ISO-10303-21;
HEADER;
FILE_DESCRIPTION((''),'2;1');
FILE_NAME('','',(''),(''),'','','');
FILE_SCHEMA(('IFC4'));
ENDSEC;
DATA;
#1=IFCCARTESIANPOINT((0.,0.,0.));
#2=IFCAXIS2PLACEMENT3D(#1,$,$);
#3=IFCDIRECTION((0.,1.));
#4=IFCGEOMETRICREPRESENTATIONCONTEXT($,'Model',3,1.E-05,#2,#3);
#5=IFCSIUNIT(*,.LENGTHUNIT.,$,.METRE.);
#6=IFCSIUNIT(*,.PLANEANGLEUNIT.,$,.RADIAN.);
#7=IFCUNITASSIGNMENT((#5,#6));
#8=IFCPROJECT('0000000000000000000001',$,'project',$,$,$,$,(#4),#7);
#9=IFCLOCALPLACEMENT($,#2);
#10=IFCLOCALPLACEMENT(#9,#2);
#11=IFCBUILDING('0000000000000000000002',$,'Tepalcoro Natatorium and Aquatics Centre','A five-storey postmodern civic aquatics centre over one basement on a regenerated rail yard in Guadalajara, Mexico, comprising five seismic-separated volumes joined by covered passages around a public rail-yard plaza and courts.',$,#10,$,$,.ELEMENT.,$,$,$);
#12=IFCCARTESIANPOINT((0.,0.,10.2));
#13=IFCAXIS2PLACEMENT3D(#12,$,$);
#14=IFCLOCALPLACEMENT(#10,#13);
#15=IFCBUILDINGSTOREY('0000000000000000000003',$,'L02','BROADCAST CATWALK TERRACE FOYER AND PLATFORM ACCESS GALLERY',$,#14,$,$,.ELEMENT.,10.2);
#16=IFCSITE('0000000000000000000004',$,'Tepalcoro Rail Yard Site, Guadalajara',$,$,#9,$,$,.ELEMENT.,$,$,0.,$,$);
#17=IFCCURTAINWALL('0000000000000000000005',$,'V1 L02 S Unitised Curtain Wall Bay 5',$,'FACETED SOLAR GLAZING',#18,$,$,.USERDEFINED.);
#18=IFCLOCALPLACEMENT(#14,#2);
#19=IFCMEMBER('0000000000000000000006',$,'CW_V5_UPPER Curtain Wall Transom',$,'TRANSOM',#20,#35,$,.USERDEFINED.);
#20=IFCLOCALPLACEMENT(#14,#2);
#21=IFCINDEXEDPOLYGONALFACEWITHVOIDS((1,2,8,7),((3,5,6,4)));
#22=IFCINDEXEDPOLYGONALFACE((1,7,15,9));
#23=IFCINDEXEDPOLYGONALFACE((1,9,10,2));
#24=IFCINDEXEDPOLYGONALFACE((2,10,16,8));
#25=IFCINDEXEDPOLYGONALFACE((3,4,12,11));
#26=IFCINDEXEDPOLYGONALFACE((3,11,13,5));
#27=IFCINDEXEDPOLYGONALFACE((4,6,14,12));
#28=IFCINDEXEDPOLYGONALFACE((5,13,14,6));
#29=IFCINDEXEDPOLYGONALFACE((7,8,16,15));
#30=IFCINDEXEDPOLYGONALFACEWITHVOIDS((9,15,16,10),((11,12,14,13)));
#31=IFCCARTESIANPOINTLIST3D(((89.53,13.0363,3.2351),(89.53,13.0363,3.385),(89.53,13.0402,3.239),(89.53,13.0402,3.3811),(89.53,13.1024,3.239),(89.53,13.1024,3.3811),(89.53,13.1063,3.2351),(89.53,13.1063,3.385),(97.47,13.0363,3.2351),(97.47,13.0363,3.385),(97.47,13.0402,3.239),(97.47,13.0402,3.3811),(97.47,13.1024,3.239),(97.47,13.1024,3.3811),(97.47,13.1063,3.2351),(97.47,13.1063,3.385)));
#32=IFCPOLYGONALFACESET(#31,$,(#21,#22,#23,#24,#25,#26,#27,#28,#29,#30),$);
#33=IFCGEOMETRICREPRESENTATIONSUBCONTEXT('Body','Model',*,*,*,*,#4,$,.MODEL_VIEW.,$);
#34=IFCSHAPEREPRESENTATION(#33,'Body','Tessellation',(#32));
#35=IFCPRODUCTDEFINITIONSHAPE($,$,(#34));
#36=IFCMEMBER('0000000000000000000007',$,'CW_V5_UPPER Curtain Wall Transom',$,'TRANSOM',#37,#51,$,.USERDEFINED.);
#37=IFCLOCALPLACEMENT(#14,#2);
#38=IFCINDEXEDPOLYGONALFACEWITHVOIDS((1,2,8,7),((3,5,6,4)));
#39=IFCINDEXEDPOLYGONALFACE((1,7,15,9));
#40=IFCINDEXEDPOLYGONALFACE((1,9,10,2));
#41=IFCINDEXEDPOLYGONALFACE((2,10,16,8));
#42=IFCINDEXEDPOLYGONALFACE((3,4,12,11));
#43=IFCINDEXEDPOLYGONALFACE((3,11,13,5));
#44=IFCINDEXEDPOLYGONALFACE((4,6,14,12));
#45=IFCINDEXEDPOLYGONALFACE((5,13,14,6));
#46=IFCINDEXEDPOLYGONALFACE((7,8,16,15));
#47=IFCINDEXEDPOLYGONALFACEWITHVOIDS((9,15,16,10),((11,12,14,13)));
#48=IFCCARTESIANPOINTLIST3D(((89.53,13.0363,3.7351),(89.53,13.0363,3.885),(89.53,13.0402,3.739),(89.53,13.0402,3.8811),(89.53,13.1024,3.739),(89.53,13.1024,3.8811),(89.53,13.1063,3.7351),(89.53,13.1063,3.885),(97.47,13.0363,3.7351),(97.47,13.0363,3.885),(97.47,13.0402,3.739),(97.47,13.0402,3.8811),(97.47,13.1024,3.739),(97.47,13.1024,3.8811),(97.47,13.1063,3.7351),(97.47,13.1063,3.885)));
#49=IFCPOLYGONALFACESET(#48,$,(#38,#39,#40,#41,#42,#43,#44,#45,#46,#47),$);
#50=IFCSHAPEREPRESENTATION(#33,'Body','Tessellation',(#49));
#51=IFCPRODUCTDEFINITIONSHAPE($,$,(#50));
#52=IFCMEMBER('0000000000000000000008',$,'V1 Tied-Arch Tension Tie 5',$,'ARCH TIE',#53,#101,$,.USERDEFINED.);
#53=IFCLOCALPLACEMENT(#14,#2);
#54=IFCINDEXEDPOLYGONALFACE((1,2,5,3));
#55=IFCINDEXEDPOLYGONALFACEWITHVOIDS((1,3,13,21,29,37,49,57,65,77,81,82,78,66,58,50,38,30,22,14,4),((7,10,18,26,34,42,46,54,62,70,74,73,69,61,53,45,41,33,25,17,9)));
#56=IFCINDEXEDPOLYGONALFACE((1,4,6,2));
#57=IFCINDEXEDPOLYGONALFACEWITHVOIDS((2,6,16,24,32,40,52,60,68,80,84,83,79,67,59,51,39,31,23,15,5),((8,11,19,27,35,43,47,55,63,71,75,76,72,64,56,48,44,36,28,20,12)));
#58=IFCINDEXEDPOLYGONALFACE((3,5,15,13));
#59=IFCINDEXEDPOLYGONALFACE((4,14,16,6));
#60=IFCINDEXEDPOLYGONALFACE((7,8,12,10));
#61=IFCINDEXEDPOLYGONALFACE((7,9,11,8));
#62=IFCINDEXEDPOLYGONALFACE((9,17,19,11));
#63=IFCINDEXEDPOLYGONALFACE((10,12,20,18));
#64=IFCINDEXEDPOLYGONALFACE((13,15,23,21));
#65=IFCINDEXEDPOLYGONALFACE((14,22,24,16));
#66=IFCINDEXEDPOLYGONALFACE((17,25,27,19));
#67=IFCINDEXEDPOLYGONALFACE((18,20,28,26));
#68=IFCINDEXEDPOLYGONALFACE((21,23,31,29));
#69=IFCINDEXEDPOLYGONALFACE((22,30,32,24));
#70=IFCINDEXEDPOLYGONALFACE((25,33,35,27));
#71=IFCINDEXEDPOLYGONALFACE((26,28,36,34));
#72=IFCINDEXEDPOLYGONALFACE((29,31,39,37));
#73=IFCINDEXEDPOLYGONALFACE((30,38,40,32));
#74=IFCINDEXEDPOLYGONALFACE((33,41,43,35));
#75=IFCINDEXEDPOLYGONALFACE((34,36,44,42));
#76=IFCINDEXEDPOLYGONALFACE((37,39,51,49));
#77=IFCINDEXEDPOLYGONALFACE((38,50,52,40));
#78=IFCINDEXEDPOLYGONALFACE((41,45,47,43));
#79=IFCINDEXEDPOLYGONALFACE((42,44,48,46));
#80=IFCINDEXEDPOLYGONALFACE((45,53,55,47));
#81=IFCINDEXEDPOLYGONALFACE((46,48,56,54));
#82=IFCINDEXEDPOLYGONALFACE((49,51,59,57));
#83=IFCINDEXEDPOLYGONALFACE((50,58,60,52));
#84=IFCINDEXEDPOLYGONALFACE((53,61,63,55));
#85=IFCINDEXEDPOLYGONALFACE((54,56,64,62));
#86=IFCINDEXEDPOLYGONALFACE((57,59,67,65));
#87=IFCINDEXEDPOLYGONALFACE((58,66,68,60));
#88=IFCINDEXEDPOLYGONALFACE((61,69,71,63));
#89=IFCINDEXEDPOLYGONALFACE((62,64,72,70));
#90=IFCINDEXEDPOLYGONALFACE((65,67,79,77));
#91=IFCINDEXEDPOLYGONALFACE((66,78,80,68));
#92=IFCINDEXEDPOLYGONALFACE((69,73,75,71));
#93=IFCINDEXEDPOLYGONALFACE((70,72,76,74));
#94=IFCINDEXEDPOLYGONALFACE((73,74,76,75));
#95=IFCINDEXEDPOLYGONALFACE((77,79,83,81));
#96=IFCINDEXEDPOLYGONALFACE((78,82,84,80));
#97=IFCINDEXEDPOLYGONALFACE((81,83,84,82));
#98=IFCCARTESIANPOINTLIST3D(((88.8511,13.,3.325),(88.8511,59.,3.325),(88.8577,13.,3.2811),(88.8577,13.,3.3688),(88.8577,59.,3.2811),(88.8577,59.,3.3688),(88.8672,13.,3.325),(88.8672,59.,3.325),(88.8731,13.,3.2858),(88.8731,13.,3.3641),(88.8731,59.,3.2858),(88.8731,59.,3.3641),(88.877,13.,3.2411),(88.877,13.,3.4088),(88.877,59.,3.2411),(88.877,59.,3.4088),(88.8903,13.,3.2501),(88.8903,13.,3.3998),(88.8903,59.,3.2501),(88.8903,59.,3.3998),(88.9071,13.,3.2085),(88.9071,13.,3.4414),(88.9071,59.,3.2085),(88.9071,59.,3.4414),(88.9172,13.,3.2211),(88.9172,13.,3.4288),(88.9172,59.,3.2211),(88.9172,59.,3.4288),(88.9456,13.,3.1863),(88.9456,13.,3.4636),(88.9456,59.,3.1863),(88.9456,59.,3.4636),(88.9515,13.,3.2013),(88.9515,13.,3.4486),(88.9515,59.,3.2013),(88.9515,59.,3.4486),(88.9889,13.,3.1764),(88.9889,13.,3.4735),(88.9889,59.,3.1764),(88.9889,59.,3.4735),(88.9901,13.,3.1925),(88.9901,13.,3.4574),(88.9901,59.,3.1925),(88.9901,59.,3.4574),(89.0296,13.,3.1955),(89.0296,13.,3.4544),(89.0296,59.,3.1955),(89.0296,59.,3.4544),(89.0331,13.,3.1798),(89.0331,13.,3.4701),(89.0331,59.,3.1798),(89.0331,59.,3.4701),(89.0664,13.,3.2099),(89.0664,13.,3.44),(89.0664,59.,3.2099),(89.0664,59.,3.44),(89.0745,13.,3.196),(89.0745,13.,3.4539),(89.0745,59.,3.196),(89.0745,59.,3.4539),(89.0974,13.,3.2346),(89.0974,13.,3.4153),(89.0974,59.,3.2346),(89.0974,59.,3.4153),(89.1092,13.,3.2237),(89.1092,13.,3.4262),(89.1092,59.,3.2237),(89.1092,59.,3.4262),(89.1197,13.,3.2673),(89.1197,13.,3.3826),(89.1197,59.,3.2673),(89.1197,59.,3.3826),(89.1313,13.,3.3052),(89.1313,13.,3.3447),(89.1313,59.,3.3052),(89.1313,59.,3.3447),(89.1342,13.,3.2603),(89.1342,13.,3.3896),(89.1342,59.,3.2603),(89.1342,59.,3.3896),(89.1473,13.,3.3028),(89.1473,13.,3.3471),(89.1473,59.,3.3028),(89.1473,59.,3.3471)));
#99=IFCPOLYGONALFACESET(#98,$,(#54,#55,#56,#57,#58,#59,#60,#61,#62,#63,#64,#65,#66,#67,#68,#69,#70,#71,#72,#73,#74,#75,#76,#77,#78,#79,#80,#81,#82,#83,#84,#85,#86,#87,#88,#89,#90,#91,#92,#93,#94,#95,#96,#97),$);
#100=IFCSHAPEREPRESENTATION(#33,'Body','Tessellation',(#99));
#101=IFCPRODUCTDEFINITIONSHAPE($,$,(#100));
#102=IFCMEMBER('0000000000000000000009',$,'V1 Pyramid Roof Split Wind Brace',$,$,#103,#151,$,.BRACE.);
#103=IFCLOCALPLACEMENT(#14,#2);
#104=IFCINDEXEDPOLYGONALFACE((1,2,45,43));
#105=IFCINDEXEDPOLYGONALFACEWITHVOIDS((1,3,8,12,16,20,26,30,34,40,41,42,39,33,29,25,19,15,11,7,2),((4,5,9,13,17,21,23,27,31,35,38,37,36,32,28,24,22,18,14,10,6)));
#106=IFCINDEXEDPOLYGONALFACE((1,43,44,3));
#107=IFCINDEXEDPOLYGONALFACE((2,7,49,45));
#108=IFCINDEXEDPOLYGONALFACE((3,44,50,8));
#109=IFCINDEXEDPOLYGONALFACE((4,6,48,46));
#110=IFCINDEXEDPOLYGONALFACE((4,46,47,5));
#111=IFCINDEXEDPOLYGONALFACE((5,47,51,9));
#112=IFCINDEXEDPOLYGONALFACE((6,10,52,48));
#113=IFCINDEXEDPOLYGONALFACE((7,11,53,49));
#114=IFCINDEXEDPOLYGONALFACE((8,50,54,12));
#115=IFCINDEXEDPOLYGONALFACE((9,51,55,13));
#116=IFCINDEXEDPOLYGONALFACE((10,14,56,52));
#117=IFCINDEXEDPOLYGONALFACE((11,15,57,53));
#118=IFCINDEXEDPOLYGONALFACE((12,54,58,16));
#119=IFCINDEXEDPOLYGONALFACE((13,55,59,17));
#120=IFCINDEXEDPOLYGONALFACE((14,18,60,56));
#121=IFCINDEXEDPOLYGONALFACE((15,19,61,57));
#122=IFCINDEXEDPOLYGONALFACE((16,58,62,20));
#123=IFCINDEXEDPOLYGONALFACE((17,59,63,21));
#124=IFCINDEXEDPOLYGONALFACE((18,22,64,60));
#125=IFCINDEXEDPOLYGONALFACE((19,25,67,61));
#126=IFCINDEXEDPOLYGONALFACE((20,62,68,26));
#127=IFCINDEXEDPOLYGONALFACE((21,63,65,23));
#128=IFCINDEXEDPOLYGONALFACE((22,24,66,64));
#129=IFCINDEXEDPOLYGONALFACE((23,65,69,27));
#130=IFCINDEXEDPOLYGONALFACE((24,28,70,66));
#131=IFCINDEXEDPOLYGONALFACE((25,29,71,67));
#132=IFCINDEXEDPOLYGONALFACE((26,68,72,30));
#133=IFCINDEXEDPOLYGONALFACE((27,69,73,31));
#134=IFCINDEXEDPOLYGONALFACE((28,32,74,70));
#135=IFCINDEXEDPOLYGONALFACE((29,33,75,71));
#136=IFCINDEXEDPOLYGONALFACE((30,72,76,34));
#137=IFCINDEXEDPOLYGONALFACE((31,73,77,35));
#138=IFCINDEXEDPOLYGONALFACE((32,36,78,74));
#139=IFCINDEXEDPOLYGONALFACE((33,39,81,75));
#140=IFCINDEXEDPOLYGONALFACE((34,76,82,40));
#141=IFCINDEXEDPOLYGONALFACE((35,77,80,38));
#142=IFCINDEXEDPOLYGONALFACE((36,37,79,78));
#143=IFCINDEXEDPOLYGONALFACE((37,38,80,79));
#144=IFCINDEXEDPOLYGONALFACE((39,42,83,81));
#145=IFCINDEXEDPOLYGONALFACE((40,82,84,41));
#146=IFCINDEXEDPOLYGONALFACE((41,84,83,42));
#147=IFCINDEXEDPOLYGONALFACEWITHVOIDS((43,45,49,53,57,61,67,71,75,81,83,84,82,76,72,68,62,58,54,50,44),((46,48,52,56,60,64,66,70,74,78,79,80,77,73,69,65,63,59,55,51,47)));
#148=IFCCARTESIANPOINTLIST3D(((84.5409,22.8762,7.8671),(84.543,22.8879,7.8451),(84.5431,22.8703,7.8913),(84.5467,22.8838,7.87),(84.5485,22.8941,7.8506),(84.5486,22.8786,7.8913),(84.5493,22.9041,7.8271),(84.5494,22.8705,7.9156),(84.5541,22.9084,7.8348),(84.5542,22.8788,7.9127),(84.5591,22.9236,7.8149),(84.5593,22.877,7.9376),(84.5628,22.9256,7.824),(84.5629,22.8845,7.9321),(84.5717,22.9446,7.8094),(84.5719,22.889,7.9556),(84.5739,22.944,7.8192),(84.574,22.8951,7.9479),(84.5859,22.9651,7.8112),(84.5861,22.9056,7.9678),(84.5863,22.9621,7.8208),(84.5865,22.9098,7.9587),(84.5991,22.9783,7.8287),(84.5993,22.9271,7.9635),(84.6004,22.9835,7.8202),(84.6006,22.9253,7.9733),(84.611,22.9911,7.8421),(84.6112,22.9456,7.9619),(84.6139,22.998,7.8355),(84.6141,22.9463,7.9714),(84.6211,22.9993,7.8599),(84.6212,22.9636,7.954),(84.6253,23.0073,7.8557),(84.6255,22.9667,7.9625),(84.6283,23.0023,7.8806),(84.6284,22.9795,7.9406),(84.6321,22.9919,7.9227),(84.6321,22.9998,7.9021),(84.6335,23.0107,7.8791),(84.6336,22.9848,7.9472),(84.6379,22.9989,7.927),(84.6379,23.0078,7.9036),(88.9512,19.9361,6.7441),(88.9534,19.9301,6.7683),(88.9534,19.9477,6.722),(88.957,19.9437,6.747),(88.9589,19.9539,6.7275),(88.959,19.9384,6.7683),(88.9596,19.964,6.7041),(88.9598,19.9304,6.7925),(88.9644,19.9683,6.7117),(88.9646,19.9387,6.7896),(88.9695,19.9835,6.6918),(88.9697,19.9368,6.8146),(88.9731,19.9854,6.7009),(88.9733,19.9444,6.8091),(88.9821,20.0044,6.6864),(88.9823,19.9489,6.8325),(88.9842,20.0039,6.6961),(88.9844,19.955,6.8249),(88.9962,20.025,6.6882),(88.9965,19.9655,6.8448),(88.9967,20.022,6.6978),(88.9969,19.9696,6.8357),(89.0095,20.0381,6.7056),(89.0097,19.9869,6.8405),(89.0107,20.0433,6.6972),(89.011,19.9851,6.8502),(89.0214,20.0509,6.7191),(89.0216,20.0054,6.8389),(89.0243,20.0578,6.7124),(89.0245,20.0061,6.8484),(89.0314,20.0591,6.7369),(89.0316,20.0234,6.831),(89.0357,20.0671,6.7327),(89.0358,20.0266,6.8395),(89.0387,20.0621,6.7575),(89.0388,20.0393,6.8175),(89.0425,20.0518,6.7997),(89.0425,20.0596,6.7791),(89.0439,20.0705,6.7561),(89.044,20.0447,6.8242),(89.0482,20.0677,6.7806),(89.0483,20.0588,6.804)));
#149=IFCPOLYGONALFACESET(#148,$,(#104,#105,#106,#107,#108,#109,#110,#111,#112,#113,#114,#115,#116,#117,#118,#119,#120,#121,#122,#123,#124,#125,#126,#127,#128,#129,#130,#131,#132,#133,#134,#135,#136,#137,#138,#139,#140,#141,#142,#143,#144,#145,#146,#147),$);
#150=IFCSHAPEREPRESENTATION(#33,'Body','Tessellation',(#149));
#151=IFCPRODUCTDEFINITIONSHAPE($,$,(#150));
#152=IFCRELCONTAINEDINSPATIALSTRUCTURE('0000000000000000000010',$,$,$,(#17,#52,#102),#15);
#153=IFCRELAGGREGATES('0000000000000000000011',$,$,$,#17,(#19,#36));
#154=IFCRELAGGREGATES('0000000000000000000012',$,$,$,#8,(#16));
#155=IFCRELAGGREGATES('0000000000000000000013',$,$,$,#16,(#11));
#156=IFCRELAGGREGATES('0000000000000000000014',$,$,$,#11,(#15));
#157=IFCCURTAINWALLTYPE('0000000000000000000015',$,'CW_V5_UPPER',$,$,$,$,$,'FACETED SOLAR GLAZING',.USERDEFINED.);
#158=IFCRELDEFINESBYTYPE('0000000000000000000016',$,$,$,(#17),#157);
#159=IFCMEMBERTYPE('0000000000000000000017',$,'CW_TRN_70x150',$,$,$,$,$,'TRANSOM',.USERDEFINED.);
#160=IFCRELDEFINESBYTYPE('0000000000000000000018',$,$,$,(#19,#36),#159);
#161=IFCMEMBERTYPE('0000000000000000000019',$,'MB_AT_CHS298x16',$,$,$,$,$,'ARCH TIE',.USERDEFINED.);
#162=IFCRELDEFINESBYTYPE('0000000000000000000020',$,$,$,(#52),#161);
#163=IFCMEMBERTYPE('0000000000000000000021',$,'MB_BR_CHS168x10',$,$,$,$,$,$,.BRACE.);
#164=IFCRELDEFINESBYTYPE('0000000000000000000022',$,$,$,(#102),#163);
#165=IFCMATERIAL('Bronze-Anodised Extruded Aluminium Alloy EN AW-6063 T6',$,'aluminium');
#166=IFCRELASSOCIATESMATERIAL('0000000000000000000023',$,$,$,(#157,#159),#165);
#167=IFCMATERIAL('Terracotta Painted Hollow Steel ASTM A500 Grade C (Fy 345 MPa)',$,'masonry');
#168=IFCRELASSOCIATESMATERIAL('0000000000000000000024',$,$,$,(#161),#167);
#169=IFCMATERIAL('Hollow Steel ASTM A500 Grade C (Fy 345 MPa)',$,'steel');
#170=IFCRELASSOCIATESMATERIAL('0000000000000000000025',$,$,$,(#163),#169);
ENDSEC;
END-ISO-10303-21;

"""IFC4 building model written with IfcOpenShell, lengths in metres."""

from ifc_helpers import new_model, si_unit, direction, frame, origin, origin_2d, place, context, subcontext, project, spatial, hollow_rectangle, hollow_circle, extrude, material, material_profile, profile_set, type_object, element, aggregate, save


model = new_model("IFC4")

# Units and contexts
model_context = context("Model", 3, precision=1e-05, world=origin(), true_north=direction((0.0, 1.0)))
body_context = subcontext(model_context, "Body", "Model", "MODEL_VIEW")
ifc_project = project(units=[si_unit("LENGTHUNIT", "METRE"), si_unit("PLANEANGLEUNIT", "RADIAN")], contexts=[model_context])

# Site, building, storey
site_placement = place(None, origin())
site = spatial("IfcSite", under=ifc_project, at=site_placement, Name="Tepalcoro Rail Yard Site, Guadalajara", CompositionType="ELEMENT", RefElevation=0.0)
building_placement = place(site_placement, origin())
building = spatial("IfcBuilding", under=site, at=building_placement, Name="Tepalcoro Natatorium and Aquatics Centre", Description="A five-storey postmodern civic aquatics centre over one basement on a regenerated rail yard in Guadalajara, Mexico, comprising five seismic-separated volumes joined by covered passages around a public rail-yard plaza and courts.", CompositionType="ELEMENT")
storey_placement = place(building_placement, frame((0.0, 0.0, 10.2)))
storey = spatial("IfcBuildingStorey", under=building, at=storey_placement, Name="L02", Description="BROADCAST CATWALK TERRACE FOYER AND PLATFORM ACCESS GALLERY", CompositionType="ELEMENT", Elevation=10.2)

# Shared definitions
ifc_material_1 = material(Name="Terracotta Painted Hollow Steel ASTM A500 Grade C (Fy 345 MPa)", Category="masonry")

# Curtain wall, members
ifc_material_2 = material(Name="Bronze-Anodised Extruded Aluminium Alloy EN AW-6063 T6", Category="aluminium")
curtain_wall_type_1 = type_object("IfcCurtainWallType", Name="CW_V5_UPPER", ElementType="FACETED SOLAR GLAZING", PredefinedType="USERDEFINED", material=ifc_material_2)
curtain_wall_1_placement = place(storey_placement, origin())
curtain_wall_1 = element("IfcCurtainWall", 1, at=curtain_wall_1_placement, inside=storey, type_object=curtain_wall_type_1, Name="V1 L02 S Unitised Curtain Wall Bay 5", ObjectType="FACETED SOLAR GLAZING", PredefinedType="USERDEFINED")
ifc_material_profile_1 = material_profile(ifc_material_2, hollow_rectangle(XDim=0.0701, YDim=0.1499, WallThickness=0.0039, at=origin_2d()), Name="AL70X150X4")
ifc_profile_set_1 = profile_set([ifc_material_profile_1], Name="Bronze-Anodised Extruded Aluminium Alloy EN AW-6063 T6")
member_type_1 = type_object("IfcMemberType", Name="CW_TRN_70x150", ElementType="TRANSOM", PredefinedType="USERDEFINED", material=ifc_profile_set_1)
member_1_placement = place(storey_placement, frame((89.53, 13.0713, 3.3101), z_axis=(1.0, 0.0, 0.0), x_axis=(0.0, 1.0, 0.0)))
member_1 = element("IfcMember", 2, at=member_1_placement, type_object=member_type_1, Name="CW_V5_UPPER Curtain Wall Transom", ObjectType="TRANSOM", PredefinedType="USERDEFINED", context=body_context, shape_type="SweptSolid", body=[
    extrude(hollow_rectangle(XDim=0.0701, YDim=0.1499, WallThickness=0.0039, at=origin_2d()), origin(), (0.0, 0.0, 1.0), 7.9399),
])
member_2_placement = place(storey_placement, frame((89.53, 13.0713, 3.8101), z_axis=(1.0, 0.0, 0.0), x_axis=(0.0, 1.0, 0.0)))
member_2 = element("IfcMember", 3, at=member_2_placement, type_object=member_type_1, Name="CW_V5_UPPER Curtain Wall Transom", ObjectType="TRANSOM", PredefinedType="USERDEFINED", context=body_context, shape_type="SweptSolid", body=[
    extrude(hollow_rectangle(XDim=0.0701, YDim=0.1499, WallThickness=0.0039, at=origin_2d()), origin(), (0.0, 0.0, 1.0), 7.9399),
])

# Members
ifc_material_profile_2 = material_profile(ifc_material_1, hollow_circle(Radius=0.1489, WallThickness=0.0161, at=origin_2d()), Name="CHS298X16")
ifc_profile_set_2 = profile_set([ifc_material_profile_2], Name="Terracotta Painted Hollow Steel ASTM A500 Grade C (Fy 345 MPa)")
member_type_2 = type_object("IfcMemberType", Name="MB_AT_CHS298x16", ElementType="ARCH TIE", PredefinedType="USERDEFINED", material=ifc_profile_set_2)
member_3_placement = place(storey_placement, frame((89.0, 13.0, 3.325), z_axis=(0.0, 1.0, 0.0), x_axis=(-1.0, 0.0, 0.0)))
element("IfcMember", 4, at=member_3_placement, inside=storey, type_object=member_type_2, Name="V1 Tied-Arch Tension Tie 5", ObjectType="ARCH TIE", PredefinedType="USERDEFINED", context=body_context, shape_type="SweptSolid", body=[
    extrude(hollow_circle(Radius=0.1489, WallThickness=0.0161, at=origin_2d()), origin(), (0.0, 0.0, 1.0), 46.0),
])
ifc_material_3 = material(Name="Hollow Steel ASTM A500 Grade C (Fy 345 MPa)", Category="steel")
ifc_material_profile_3 = material_profile(ifc_material_3, hollow_circle(Radius=0.084, WallThickness=0.01, at=origin_2d()), Name="CHS168X10")
ifc_profile_set_3 = profile_set([ifc_material_profile_3], Name="Hollow Steel ASTM A500 Grade C (Fy 345 MPa)")
member_type_3 = type_object("IfcMemberType", Name="MB_BR_CHS168x10", PredefinedType="BRACE", material=ifc_profile_set_3)
member_4_placement = place(storey_placement, frame((89.0, 20.0, 6.7683), z_axis=(-0.813988, 0.542644, 0.207271), x_axis=(-0.55469, -0.832057, 0.0)))
element("IfcMember", 5, at=member_4_placement, inside=storey, type_object=member_type_3, Name="V1 Pyramid Roof Split Wind Brace", PredefinedType="BRACE", context=body_context, shape_type="SweptSolid", body=[
    extrude(hollow_circle(Radius=0.084, WallThickness=0.01, at=origin_2d()), origin(), (0.0, 0.0, 1.0), 5.4182),
])

aggregate(curtain_wall_1, [member_1, member_2])

save(model, "model.ifc")
